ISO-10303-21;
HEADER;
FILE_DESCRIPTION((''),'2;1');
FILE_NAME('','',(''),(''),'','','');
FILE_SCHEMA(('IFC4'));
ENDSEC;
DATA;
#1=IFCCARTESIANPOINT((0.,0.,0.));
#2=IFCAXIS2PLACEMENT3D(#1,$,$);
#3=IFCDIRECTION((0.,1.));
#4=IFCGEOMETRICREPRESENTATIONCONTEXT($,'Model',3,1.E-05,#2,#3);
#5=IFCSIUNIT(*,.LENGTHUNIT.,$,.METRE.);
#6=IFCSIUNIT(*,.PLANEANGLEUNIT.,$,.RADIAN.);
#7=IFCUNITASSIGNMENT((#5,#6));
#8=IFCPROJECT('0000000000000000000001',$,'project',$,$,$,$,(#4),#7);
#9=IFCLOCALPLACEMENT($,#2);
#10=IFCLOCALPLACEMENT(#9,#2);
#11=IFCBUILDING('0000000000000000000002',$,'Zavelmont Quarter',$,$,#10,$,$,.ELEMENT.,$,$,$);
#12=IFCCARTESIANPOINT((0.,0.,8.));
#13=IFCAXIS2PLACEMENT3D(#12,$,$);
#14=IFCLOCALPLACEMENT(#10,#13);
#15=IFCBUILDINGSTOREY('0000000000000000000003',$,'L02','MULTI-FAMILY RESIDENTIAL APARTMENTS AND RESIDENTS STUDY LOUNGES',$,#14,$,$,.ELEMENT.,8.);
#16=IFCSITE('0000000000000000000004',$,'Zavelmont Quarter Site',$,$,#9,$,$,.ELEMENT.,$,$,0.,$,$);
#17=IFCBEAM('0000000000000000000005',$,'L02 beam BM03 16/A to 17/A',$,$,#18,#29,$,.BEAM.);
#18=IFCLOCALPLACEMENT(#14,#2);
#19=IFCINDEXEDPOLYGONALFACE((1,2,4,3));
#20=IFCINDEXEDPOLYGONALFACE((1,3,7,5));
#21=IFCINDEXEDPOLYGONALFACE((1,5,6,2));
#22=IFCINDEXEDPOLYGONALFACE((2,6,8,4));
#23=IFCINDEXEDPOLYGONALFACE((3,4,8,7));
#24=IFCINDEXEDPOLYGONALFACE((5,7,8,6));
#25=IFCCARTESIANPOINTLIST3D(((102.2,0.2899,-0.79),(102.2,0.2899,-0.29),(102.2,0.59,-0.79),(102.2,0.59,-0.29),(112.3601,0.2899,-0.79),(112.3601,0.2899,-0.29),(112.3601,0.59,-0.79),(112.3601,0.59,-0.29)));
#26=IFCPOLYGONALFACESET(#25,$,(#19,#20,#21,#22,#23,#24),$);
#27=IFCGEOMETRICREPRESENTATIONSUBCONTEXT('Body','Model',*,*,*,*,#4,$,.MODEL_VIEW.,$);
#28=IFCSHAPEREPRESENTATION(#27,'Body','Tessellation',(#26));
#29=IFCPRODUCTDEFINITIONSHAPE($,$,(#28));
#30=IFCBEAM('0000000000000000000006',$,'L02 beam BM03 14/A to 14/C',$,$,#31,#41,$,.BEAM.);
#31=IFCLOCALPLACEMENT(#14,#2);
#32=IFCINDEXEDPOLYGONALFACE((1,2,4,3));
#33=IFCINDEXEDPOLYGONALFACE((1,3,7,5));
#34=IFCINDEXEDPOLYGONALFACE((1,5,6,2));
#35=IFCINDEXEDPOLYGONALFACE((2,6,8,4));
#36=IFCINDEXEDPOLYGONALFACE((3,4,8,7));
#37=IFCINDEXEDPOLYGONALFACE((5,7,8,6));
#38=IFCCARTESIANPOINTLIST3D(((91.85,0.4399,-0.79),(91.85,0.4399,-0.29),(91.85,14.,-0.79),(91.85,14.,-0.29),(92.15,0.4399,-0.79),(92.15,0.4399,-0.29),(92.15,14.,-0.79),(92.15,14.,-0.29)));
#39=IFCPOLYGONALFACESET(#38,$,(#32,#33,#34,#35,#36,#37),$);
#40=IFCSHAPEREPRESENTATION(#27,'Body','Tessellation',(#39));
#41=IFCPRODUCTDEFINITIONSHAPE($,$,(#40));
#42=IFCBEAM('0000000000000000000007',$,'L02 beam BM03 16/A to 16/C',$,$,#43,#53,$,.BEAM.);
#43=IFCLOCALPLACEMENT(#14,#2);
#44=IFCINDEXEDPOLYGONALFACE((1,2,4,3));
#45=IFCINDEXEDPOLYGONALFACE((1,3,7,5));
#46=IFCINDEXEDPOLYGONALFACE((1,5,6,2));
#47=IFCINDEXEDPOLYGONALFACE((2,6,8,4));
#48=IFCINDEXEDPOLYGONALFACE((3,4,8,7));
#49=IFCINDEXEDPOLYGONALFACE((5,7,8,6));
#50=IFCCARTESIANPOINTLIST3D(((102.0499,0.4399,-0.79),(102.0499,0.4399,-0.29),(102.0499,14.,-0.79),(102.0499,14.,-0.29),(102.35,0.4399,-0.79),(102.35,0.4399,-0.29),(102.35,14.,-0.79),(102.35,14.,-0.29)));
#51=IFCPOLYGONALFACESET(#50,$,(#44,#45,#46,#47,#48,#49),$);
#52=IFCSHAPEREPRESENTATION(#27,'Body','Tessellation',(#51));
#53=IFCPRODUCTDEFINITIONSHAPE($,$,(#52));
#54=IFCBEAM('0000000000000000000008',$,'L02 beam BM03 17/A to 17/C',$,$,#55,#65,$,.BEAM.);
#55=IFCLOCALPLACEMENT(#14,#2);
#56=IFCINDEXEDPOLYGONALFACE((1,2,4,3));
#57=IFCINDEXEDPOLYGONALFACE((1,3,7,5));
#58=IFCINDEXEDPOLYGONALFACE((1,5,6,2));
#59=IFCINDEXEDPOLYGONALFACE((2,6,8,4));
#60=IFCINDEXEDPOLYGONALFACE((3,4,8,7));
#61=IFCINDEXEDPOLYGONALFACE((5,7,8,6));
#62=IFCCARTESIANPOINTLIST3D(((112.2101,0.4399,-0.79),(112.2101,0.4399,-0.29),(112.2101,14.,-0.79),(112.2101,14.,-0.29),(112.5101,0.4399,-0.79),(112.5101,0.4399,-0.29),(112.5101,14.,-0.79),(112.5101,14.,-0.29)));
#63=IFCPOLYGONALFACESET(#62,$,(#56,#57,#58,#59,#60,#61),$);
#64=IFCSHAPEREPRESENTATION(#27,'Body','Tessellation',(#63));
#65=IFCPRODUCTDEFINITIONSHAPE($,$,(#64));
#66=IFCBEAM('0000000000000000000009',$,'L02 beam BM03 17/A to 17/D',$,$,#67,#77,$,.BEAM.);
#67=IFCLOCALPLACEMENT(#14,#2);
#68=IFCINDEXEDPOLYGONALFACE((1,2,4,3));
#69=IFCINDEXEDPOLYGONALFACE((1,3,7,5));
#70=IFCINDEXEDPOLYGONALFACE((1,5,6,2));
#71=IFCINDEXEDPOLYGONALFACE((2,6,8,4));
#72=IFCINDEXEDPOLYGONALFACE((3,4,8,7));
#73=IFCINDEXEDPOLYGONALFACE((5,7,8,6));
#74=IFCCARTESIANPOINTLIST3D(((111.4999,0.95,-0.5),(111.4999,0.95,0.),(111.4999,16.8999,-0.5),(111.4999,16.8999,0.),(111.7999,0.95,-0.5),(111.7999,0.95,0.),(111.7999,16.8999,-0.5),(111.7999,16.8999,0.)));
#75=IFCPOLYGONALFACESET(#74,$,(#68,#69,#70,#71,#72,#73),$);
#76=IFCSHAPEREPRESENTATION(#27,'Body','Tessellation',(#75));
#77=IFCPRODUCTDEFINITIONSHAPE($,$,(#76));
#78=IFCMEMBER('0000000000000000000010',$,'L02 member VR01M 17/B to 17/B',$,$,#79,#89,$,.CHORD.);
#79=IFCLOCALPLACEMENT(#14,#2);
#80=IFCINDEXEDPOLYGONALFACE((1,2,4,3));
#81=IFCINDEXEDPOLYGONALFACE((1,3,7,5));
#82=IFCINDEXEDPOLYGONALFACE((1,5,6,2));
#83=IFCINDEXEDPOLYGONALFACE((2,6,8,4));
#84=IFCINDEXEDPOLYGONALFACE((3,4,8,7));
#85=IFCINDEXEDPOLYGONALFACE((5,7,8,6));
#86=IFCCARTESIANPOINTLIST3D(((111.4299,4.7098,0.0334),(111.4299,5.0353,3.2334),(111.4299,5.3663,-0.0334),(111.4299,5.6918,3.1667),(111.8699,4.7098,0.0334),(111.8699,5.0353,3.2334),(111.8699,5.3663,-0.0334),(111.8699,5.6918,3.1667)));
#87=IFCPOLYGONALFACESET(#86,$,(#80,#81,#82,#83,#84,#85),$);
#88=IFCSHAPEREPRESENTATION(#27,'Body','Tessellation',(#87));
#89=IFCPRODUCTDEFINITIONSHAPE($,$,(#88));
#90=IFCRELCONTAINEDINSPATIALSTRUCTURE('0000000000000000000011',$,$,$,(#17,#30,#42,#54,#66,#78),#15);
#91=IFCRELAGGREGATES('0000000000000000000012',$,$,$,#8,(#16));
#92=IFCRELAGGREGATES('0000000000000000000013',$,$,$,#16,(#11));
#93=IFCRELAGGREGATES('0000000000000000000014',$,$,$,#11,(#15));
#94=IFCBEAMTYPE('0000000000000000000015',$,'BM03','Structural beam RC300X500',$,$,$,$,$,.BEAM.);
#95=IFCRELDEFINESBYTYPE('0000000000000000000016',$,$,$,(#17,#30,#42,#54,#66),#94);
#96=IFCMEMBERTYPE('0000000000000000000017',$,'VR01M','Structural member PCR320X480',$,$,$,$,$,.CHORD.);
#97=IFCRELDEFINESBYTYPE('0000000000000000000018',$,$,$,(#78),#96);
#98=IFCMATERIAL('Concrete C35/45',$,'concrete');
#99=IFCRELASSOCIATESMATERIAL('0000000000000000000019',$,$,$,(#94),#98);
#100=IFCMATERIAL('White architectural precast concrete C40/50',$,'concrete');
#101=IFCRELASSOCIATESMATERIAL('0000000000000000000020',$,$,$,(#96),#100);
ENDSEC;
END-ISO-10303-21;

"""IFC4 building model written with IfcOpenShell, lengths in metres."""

from ifc_helpers import new_model, si_unit, direction, frame, origin, origin_2d, place, context, subcontext, project, spatial, rectangle, extrude, material, material_profile, profile_set, type_object, element, save


model = new_model("IFC4")

# Units and contexts
model_context = context("Model", 3, precision=1e-05, world=origin(), true_north=direction((0.0, 1.0)))
body_context = subcontext(model_context, "Body", "Model", "MODEL_VIEW")
ifc_project = project(units=[si_unit("LENGTHUNIT", "METRE"), si_unit("PLANEANGLEUNIT", "RADIAN")], contexts=[model_context])

# Site, building, storey
site_placement = place(None, origin())
site = spatial("IfcSite", under=ifc_project, at=site_placement, Name="Zavelmont Quarter Site", CompositionType="ELEMENT", RefElevation=0.0)
building_placement = place(site_placement, origin())
building = spatial("IfcBuilding", under=site, at=building_placement, Name="Zavelmont Quarter", CompositionType="ELEMENT")
storey_placement = place(building_placement, frame((0.0, 0.0, 8.0)))
storey = spatial("IfcBuildingStorey", under=building, at=storey_placement, Name="L02", Description="MULTI-FAMILY RESIDENTIAL APARTMENTS AND RESIDENTS STUDY LOUNGES", CompositionType="ELEMENT", Elevation=8.0)

# Beams
ifc_material_1 = material(Name="Concrete C35/45", Category="concrete")
ifc_material_profile_1 = material_profile(ifc_material_1, rectangle(XDim=0.3, YDim=0.5, at=origin_2d()), Name="RC300X500")
ifc_profile_set_1 = profile_set([ifc_material_profile_1], Name="Concrete C35/45")
beam_type = type_object("IfcBeamType", Name="BM03", Description="Structural beam RC300X500", PredefinedType="BEAM", material=ifc_profile_set_1)
beam_1_placement = place(storey_placement, frame((102.2, 0.4399, -0.54), z_axis=(1.0, 0.0, 0.0), x_axis=(0.0, 1.0, 0.0)))
element("IfcBeam", 1, at=beam_1_placement, inside=storey, type_object=beam_type, Name="L02 beam BM03 16/A to 17/A", PredefinedType="BEAM", context=body_context, shape_type="SweptSolid", body=[
    extrude(rectangle(XDim=0.3, YDim=0.5, at=origin_2d()), origin(), (0.0, 0.0, 1.0), 10.1602),
])
for number, where, z_axis, x_axis, name in (
    (2, (92.0, 0.4399, -0.54), (0.0, 1.0, 0.0), (-1.0, 0.0, 0.0), "L02 beam BM03 14/A to 14/C"),
    (3, (102.2, 0.4399, -0.54), (0.0, 1.0, 0.0), (-1.0, 0.0, 0.0), "L02 beam BM03 16/A to 16/C"),
    (4, (112.3601, 0.4399, -0.54), (0.0, 1.0, 0.0), (-1.0, 0.0, 0.0), "L02 beam BM03 17/A to 17/C"),
):
    element("IfcBeam", number, at=place(storey_placement, frame(where, z_axis=z_axis, x_axis=x_axis)), inside=storey, type_object=beam_type, Name=name, PredefinedType="BEAM", context=body_context, shape_type="SweptSolid", body=[
        extrude(rectangle(XDim=0.3, YDim=0.5, at=origin_2d()), origin(), (0.0, 0.0, 1.0), 13.5601),
    ])
beam_2_placement = place(storey_placement, frame((111.6499, 0.95, -0.25), z_axis=(0.0, 1.0, 0.0), x_axis=(-1.0, 0.0, 0.0)))
element("IfcBeam", 5, at=beam_2_placement, inside=storey, type_object=beam_type, Name="L02 beam BM03 17/A to 17/D", PredefinedType="BEAM", context=body_context, shape_type="SweptSolid", body=[
    extrude(rectangle(XDim=0.3, YDim=0.5, at=origin_2d()), origin(), (0.0, 0.0, 1.0), 15.95),
])

# Member
ifc_material_2 = material(Name="White architectural precast concrete C40/50", Category="concrete")
ifc_material_profile_2 = material_profile(ifc_material_2, rectangle(XDim=0.4399, YDim=0.6599, at=origin_2d()), Name="PCR320X480")
ifc_profile_set_2 = profile_set([ifc_material_profile_2], Name="White architectural precast concrete C40/50")
member_type = type_object("IfcMemberType", Name="VR01M", Description="Structural member PCR320X480", PredefinedType="CHORD", material=ifc_profile_set_2)
member_placement = place(storey_placement, frame((111.6499, 5.0381, 0.0), z_axis=(0.0, 0.101179, 0.994868), x_axis=(-1.0, 0.0, 0.0)))
element("IfcMember", 6, at=member_placement, inside=storey, type_object=member_type, Name="L02 member VR01M 17/B to 17/B", PredefinedType="CHORD", context=body_context, shape_type="SweptSolid", body=[
    extrude(rectangle(XDim=0.4399, YDim=0.6599, at=origin_2d()), origin(), (0.0, 0.0, 1.0), 3.2166),
])

save(model, "model.ifc")
